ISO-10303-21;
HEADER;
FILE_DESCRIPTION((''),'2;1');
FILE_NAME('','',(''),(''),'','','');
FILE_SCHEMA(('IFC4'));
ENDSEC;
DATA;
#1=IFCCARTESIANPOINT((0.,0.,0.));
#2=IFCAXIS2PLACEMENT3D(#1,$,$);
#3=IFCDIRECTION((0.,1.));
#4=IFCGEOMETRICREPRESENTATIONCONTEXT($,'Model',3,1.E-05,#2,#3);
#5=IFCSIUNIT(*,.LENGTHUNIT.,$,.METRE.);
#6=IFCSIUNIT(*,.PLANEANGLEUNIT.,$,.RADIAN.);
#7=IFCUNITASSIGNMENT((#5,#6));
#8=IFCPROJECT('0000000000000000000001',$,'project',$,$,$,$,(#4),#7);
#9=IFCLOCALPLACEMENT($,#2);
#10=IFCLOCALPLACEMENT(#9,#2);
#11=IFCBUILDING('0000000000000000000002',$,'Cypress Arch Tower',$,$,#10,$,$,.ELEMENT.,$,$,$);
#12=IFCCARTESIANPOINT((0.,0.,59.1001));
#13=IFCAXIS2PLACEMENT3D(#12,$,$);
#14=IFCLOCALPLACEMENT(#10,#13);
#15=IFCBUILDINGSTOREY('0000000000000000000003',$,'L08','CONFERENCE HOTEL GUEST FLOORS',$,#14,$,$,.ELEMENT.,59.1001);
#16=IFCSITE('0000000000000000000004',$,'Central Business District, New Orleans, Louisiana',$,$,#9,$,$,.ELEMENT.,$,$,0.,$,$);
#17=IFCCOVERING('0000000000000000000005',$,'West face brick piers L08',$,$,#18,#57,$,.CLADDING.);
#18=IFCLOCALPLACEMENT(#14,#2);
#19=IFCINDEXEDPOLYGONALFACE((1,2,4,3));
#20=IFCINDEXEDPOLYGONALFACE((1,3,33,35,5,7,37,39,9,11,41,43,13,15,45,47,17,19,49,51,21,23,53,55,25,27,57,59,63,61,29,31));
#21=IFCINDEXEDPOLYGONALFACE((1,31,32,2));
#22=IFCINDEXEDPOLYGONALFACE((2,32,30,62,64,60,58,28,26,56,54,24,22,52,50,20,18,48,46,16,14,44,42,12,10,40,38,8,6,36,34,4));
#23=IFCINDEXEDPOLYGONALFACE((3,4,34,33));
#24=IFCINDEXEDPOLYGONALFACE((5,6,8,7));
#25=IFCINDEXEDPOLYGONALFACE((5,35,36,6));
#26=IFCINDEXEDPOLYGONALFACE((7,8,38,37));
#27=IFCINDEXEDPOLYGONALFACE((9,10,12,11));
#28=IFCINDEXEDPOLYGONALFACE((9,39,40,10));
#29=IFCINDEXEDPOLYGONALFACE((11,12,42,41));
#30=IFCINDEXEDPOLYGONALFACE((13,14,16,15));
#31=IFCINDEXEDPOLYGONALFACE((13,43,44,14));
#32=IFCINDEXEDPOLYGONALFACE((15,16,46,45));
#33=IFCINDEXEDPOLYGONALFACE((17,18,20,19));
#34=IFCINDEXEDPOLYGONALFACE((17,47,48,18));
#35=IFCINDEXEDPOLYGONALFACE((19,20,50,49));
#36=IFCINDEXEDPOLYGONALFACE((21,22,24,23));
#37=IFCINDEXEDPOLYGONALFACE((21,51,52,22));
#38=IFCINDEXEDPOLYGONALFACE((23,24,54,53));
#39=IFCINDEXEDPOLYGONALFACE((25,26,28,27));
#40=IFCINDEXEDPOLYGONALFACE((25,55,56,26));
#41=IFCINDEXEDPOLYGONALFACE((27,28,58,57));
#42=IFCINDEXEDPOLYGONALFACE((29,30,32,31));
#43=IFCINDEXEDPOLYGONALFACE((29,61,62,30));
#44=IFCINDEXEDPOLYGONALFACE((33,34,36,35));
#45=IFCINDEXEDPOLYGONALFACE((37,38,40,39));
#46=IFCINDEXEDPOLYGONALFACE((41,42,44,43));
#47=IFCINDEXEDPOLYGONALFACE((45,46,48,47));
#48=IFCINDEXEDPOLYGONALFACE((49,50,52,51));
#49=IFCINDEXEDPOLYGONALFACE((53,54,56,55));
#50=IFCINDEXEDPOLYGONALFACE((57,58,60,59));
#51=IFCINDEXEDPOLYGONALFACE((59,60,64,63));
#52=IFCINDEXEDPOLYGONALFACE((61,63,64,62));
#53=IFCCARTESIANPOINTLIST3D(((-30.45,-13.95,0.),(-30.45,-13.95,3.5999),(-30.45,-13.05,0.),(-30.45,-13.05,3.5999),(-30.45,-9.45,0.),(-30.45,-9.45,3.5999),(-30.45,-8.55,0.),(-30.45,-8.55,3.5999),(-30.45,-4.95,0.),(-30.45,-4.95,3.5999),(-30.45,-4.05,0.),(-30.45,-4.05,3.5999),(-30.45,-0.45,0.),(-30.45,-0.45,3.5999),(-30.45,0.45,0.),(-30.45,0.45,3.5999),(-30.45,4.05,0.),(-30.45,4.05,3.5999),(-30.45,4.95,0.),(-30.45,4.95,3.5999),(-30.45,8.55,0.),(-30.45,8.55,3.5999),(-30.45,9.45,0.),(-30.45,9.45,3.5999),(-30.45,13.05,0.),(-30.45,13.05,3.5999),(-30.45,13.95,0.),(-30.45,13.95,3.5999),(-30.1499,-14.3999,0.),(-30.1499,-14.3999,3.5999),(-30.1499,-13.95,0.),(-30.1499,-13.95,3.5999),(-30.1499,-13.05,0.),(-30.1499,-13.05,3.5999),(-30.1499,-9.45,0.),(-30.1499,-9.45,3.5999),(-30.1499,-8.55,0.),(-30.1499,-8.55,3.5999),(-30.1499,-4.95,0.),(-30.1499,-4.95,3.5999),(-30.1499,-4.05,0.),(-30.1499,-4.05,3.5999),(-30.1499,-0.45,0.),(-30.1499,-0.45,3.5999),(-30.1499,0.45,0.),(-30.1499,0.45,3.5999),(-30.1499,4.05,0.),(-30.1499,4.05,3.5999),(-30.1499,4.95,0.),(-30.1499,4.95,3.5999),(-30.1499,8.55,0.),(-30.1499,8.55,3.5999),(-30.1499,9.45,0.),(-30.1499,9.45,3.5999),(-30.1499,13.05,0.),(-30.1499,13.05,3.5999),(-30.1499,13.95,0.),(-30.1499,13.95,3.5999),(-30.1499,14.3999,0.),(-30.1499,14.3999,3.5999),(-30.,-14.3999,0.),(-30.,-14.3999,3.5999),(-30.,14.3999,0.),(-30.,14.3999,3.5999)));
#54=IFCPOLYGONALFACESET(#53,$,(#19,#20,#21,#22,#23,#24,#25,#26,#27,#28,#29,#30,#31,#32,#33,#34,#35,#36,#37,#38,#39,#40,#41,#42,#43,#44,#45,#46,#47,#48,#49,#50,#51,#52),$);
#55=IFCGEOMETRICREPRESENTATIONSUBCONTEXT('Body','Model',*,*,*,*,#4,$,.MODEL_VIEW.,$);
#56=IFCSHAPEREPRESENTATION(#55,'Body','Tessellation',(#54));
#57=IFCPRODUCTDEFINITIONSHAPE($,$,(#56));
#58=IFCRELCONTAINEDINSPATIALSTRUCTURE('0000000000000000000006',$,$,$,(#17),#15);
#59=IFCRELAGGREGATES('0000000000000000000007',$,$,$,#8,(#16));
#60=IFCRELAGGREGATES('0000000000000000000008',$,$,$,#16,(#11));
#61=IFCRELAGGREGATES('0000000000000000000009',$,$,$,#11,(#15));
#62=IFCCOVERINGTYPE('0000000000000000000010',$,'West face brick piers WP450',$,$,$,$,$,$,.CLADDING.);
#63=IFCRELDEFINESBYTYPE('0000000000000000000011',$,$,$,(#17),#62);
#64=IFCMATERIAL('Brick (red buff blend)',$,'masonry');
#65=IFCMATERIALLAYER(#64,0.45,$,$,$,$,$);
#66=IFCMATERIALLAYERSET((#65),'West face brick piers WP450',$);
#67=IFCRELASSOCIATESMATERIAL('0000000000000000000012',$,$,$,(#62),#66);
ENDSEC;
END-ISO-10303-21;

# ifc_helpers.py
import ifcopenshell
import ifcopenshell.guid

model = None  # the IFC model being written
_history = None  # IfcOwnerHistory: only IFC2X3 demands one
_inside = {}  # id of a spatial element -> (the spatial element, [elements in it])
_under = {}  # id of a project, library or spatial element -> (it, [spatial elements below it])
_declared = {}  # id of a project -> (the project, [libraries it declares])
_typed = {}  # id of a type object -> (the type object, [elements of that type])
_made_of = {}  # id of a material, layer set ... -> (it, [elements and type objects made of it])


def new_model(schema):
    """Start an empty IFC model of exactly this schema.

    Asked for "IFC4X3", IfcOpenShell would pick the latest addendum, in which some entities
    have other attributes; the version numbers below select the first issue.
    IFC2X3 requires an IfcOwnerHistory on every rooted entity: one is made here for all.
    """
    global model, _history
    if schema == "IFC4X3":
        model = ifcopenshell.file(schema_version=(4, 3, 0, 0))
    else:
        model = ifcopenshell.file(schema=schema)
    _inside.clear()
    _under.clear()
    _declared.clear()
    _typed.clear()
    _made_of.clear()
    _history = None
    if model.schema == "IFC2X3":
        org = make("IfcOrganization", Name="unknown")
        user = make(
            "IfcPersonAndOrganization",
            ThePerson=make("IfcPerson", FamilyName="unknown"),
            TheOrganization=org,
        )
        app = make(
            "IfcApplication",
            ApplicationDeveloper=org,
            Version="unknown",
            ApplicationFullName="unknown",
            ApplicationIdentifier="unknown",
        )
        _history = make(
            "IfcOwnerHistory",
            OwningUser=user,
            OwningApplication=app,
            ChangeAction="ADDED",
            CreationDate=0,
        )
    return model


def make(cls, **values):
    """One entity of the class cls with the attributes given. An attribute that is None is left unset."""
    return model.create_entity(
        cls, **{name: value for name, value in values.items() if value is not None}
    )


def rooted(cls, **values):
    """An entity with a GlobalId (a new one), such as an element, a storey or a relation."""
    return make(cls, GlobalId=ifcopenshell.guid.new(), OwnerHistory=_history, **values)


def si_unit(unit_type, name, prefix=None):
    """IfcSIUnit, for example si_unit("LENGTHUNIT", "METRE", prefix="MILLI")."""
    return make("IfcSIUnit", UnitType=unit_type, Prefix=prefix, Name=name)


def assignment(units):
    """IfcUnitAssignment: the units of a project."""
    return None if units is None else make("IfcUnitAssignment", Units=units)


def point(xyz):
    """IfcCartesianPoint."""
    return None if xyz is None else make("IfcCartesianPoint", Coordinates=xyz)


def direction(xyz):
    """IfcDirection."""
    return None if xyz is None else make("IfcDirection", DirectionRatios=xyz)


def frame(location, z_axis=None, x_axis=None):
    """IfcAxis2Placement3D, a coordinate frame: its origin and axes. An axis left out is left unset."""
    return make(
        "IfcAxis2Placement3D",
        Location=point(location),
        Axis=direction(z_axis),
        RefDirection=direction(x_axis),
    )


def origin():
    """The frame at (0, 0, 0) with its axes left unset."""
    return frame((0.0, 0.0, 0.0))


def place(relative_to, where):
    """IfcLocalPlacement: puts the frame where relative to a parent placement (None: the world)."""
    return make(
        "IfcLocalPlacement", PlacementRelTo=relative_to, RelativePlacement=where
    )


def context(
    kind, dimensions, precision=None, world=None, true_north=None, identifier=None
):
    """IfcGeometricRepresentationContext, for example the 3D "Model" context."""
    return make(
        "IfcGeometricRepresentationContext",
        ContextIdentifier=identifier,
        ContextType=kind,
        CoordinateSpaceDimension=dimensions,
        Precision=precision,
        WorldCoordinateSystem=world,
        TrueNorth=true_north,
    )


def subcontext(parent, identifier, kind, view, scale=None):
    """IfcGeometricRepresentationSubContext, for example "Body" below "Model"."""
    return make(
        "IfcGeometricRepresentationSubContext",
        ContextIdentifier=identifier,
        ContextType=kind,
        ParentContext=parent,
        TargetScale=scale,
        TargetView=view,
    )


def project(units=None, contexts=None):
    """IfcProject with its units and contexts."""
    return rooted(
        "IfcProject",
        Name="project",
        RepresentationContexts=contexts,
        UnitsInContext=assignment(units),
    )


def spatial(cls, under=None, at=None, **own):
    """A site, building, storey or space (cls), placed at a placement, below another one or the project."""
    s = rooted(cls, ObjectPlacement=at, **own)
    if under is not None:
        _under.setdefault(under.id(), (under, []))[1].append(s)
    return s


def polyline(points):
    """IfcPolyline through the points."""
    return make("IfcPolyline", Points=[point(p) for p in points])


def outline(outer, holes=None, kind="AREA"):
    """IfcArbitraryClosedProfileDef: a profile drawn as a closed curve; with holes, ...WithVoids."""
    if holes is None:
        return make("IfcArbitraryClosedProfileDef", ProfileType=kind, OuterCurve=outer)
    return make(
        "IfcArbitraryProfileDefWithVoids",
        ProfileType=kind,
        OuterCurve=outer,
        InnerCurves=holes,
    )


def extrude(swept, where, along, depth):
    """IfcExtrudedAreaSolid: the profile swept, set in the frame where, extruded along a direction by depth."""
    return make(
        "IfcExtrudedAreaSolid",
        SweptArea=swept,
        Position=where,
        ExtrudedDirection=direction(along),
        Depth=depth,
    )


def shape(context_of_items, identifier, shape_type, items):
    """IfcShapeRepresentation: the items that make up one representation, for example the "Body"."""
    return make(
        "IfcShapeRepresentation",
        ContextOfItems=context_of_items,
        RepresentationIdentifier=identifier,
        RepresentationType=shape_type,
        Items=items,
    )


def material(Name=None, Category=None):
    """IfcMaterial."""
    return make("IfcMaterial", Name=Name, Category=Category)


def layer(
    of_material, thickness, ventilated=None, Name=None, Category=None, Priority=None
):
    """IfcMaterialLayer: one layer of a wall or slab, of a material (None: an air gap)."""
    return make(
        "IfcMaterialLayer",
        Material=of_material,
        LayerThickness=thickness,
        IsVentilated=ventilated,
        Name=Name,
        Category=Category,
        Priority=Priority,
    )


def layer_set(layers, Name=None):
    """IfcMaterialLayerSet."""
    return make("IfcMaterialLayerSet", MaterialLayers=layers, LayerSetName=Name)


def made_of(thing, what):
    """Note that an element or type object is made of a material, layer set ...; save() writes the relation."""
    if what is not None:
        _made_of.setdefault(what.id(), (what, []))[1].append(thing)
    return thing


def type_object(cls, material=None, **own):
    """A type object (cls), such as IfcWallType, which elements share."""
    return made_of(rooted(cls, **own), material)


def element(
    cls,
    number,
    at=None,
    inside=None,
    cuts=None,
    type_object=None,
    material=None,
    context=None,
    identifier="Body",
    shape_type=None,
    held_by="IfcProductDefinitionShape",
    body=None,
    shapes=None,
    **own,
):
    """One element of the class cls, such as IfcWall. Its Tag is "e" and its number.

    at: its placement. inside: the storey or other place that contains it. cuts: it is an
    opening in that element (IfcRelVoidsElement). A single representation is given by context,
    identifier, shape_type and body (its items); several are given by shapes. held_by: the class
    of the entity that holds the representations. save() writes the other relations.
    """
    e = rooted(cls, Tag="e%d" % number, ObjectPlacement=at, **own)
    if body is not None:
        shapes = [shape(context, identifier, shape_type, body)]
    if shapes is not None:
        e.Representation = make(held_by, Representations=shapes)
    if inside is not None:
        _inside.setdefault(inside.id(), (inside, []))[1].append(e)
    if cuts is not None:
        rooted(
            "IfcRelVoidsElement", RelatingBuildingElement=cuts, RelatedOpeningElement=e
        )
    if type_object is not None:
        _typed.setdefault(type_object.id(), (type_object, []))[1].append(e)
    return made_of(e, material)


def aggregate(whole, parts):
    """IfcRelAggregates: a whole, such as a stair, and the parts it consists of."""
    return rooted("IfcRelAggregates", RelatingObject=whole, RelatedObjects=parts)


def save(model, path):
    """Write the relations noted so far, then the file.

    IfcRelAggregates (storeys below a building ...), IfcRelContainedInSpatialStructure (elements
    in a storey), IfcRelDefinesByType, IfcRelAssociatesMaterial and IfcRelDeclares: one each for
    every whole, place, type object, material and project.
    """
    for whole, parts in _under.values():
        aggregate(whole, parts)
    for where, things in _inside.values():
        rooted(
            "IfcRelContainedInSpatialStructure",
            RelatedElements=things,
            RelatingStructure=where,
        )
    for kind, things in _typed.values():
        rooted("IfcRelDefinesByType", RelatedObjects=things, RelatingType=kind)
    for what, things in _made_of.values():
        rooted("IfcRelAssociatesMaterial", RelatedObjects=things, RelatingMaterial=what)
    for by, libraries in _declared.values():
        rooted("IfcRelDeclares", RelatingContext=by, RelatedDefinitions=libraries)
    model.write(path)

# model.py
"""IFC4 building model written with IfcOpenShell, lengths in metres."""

from ifc_helpers import new_model, si_unit, direction, frame, origin, place, context, subcontext, project, spatial, polyline, outline, extrude, material, layer, layer_set, type_object, element, save


model = new_model("IFC4")

# Units and contexts
model_context = context("Model", 3, precision=1e-05, world=origin(), true_north=direction((0.0, 1.0)))
body_context = subcontext(model_context, "Body", "Model", "MODEL_VIEW")
ifc_project = project(units=[si_unit("LENGTHUNIT", "METRE"), si_unit("PLANEANGLEUNIT", "RADIAN")], contexts=[model_context])

# Site, building, storey
site_placement = place(None, origin())
site = spatial("IfcSite", under=ifc_project, at=site_placement, Name="Central Business District, New Orleans, Louisiana", CompositionType="ELEMENT", RefElevation=0.0)
building_placement = place(site_placement, origin())
building = spatial("IfcBuilding", under=site, at=building_placement, Name="Cypress Arch Tower", CompositionType="ELEMENT")
storey_placement = place(building_placement, frame((0.0, 0.0, 59.1001)))
storey = spatial("IfcBuildingStorey", under=building, at=storey_placement, Name="L08", Description="CONFERENCE HOTEL GUEST FLOORS", CompositionType="ELEMENT", Elevation=59.1001)

# Covering
ifc_material_1 = material(Name="Brick (red buff blend)", Category="masonry")
ifc_layer_1 = layer(ifc_material_1, 0.45)
ifc_layer_set_1 = layer_set([ifc_layer_1], Name="West face brick piers WP450")
covering_type_1 = type_object("IfcCoveringType", Name="West face brick piers WP450", PredefinedType="CLADDING", material=ifc_layer_set_1)
covering_1_placement = place(storey_placement, origin())
element("IfcCovering", 1, at=covering_1_placement, inside=storey, type_object=covering_type_1, Name="West face brick piers L08", PredefinedType="CLADDING", context=body_context, shape_type="SweptSolid", body=[
    extrude(outline(polyline([(-30.1499, -13.05), (-30.1499, -9.45), (-30.45, -9.45), (-30.45, -8.55), (-30.1499, -8.55), (-30.1499, -4.95), (-30.45, -4.95), (-30.45, -4.05), (-30.1499, -4.05), (-30.1499, -0.45), (-30.45, -0.45), (-30.45, 0.45), (-30.1499, 0.45), (-30.1499, 4.05), (-30.45, 4.05), (-30.45, 4.95), (-30.1499, 4.95), (-30.1499, 8.55), (-30.45, 8.55), (-30.45, 9.45), (-30.1499, 9.45), (-30.1499, 13.05), (-30.45, 13.05), (-30.45, 13.95), (-30.1499, 13.95), (-30.1499, 14.3999), (-30.0, 14.3999), (-30.0, -14.3999), (-30.1499, -14.3999), (-30.1499, -13.95), (-30.45, -13.95), (-30.45, -13.05), (-30.1499, -13.05)])), origin(), (0.0, 0.0, 1.0), 3.5999),
])

save(model, "model.ifc")
